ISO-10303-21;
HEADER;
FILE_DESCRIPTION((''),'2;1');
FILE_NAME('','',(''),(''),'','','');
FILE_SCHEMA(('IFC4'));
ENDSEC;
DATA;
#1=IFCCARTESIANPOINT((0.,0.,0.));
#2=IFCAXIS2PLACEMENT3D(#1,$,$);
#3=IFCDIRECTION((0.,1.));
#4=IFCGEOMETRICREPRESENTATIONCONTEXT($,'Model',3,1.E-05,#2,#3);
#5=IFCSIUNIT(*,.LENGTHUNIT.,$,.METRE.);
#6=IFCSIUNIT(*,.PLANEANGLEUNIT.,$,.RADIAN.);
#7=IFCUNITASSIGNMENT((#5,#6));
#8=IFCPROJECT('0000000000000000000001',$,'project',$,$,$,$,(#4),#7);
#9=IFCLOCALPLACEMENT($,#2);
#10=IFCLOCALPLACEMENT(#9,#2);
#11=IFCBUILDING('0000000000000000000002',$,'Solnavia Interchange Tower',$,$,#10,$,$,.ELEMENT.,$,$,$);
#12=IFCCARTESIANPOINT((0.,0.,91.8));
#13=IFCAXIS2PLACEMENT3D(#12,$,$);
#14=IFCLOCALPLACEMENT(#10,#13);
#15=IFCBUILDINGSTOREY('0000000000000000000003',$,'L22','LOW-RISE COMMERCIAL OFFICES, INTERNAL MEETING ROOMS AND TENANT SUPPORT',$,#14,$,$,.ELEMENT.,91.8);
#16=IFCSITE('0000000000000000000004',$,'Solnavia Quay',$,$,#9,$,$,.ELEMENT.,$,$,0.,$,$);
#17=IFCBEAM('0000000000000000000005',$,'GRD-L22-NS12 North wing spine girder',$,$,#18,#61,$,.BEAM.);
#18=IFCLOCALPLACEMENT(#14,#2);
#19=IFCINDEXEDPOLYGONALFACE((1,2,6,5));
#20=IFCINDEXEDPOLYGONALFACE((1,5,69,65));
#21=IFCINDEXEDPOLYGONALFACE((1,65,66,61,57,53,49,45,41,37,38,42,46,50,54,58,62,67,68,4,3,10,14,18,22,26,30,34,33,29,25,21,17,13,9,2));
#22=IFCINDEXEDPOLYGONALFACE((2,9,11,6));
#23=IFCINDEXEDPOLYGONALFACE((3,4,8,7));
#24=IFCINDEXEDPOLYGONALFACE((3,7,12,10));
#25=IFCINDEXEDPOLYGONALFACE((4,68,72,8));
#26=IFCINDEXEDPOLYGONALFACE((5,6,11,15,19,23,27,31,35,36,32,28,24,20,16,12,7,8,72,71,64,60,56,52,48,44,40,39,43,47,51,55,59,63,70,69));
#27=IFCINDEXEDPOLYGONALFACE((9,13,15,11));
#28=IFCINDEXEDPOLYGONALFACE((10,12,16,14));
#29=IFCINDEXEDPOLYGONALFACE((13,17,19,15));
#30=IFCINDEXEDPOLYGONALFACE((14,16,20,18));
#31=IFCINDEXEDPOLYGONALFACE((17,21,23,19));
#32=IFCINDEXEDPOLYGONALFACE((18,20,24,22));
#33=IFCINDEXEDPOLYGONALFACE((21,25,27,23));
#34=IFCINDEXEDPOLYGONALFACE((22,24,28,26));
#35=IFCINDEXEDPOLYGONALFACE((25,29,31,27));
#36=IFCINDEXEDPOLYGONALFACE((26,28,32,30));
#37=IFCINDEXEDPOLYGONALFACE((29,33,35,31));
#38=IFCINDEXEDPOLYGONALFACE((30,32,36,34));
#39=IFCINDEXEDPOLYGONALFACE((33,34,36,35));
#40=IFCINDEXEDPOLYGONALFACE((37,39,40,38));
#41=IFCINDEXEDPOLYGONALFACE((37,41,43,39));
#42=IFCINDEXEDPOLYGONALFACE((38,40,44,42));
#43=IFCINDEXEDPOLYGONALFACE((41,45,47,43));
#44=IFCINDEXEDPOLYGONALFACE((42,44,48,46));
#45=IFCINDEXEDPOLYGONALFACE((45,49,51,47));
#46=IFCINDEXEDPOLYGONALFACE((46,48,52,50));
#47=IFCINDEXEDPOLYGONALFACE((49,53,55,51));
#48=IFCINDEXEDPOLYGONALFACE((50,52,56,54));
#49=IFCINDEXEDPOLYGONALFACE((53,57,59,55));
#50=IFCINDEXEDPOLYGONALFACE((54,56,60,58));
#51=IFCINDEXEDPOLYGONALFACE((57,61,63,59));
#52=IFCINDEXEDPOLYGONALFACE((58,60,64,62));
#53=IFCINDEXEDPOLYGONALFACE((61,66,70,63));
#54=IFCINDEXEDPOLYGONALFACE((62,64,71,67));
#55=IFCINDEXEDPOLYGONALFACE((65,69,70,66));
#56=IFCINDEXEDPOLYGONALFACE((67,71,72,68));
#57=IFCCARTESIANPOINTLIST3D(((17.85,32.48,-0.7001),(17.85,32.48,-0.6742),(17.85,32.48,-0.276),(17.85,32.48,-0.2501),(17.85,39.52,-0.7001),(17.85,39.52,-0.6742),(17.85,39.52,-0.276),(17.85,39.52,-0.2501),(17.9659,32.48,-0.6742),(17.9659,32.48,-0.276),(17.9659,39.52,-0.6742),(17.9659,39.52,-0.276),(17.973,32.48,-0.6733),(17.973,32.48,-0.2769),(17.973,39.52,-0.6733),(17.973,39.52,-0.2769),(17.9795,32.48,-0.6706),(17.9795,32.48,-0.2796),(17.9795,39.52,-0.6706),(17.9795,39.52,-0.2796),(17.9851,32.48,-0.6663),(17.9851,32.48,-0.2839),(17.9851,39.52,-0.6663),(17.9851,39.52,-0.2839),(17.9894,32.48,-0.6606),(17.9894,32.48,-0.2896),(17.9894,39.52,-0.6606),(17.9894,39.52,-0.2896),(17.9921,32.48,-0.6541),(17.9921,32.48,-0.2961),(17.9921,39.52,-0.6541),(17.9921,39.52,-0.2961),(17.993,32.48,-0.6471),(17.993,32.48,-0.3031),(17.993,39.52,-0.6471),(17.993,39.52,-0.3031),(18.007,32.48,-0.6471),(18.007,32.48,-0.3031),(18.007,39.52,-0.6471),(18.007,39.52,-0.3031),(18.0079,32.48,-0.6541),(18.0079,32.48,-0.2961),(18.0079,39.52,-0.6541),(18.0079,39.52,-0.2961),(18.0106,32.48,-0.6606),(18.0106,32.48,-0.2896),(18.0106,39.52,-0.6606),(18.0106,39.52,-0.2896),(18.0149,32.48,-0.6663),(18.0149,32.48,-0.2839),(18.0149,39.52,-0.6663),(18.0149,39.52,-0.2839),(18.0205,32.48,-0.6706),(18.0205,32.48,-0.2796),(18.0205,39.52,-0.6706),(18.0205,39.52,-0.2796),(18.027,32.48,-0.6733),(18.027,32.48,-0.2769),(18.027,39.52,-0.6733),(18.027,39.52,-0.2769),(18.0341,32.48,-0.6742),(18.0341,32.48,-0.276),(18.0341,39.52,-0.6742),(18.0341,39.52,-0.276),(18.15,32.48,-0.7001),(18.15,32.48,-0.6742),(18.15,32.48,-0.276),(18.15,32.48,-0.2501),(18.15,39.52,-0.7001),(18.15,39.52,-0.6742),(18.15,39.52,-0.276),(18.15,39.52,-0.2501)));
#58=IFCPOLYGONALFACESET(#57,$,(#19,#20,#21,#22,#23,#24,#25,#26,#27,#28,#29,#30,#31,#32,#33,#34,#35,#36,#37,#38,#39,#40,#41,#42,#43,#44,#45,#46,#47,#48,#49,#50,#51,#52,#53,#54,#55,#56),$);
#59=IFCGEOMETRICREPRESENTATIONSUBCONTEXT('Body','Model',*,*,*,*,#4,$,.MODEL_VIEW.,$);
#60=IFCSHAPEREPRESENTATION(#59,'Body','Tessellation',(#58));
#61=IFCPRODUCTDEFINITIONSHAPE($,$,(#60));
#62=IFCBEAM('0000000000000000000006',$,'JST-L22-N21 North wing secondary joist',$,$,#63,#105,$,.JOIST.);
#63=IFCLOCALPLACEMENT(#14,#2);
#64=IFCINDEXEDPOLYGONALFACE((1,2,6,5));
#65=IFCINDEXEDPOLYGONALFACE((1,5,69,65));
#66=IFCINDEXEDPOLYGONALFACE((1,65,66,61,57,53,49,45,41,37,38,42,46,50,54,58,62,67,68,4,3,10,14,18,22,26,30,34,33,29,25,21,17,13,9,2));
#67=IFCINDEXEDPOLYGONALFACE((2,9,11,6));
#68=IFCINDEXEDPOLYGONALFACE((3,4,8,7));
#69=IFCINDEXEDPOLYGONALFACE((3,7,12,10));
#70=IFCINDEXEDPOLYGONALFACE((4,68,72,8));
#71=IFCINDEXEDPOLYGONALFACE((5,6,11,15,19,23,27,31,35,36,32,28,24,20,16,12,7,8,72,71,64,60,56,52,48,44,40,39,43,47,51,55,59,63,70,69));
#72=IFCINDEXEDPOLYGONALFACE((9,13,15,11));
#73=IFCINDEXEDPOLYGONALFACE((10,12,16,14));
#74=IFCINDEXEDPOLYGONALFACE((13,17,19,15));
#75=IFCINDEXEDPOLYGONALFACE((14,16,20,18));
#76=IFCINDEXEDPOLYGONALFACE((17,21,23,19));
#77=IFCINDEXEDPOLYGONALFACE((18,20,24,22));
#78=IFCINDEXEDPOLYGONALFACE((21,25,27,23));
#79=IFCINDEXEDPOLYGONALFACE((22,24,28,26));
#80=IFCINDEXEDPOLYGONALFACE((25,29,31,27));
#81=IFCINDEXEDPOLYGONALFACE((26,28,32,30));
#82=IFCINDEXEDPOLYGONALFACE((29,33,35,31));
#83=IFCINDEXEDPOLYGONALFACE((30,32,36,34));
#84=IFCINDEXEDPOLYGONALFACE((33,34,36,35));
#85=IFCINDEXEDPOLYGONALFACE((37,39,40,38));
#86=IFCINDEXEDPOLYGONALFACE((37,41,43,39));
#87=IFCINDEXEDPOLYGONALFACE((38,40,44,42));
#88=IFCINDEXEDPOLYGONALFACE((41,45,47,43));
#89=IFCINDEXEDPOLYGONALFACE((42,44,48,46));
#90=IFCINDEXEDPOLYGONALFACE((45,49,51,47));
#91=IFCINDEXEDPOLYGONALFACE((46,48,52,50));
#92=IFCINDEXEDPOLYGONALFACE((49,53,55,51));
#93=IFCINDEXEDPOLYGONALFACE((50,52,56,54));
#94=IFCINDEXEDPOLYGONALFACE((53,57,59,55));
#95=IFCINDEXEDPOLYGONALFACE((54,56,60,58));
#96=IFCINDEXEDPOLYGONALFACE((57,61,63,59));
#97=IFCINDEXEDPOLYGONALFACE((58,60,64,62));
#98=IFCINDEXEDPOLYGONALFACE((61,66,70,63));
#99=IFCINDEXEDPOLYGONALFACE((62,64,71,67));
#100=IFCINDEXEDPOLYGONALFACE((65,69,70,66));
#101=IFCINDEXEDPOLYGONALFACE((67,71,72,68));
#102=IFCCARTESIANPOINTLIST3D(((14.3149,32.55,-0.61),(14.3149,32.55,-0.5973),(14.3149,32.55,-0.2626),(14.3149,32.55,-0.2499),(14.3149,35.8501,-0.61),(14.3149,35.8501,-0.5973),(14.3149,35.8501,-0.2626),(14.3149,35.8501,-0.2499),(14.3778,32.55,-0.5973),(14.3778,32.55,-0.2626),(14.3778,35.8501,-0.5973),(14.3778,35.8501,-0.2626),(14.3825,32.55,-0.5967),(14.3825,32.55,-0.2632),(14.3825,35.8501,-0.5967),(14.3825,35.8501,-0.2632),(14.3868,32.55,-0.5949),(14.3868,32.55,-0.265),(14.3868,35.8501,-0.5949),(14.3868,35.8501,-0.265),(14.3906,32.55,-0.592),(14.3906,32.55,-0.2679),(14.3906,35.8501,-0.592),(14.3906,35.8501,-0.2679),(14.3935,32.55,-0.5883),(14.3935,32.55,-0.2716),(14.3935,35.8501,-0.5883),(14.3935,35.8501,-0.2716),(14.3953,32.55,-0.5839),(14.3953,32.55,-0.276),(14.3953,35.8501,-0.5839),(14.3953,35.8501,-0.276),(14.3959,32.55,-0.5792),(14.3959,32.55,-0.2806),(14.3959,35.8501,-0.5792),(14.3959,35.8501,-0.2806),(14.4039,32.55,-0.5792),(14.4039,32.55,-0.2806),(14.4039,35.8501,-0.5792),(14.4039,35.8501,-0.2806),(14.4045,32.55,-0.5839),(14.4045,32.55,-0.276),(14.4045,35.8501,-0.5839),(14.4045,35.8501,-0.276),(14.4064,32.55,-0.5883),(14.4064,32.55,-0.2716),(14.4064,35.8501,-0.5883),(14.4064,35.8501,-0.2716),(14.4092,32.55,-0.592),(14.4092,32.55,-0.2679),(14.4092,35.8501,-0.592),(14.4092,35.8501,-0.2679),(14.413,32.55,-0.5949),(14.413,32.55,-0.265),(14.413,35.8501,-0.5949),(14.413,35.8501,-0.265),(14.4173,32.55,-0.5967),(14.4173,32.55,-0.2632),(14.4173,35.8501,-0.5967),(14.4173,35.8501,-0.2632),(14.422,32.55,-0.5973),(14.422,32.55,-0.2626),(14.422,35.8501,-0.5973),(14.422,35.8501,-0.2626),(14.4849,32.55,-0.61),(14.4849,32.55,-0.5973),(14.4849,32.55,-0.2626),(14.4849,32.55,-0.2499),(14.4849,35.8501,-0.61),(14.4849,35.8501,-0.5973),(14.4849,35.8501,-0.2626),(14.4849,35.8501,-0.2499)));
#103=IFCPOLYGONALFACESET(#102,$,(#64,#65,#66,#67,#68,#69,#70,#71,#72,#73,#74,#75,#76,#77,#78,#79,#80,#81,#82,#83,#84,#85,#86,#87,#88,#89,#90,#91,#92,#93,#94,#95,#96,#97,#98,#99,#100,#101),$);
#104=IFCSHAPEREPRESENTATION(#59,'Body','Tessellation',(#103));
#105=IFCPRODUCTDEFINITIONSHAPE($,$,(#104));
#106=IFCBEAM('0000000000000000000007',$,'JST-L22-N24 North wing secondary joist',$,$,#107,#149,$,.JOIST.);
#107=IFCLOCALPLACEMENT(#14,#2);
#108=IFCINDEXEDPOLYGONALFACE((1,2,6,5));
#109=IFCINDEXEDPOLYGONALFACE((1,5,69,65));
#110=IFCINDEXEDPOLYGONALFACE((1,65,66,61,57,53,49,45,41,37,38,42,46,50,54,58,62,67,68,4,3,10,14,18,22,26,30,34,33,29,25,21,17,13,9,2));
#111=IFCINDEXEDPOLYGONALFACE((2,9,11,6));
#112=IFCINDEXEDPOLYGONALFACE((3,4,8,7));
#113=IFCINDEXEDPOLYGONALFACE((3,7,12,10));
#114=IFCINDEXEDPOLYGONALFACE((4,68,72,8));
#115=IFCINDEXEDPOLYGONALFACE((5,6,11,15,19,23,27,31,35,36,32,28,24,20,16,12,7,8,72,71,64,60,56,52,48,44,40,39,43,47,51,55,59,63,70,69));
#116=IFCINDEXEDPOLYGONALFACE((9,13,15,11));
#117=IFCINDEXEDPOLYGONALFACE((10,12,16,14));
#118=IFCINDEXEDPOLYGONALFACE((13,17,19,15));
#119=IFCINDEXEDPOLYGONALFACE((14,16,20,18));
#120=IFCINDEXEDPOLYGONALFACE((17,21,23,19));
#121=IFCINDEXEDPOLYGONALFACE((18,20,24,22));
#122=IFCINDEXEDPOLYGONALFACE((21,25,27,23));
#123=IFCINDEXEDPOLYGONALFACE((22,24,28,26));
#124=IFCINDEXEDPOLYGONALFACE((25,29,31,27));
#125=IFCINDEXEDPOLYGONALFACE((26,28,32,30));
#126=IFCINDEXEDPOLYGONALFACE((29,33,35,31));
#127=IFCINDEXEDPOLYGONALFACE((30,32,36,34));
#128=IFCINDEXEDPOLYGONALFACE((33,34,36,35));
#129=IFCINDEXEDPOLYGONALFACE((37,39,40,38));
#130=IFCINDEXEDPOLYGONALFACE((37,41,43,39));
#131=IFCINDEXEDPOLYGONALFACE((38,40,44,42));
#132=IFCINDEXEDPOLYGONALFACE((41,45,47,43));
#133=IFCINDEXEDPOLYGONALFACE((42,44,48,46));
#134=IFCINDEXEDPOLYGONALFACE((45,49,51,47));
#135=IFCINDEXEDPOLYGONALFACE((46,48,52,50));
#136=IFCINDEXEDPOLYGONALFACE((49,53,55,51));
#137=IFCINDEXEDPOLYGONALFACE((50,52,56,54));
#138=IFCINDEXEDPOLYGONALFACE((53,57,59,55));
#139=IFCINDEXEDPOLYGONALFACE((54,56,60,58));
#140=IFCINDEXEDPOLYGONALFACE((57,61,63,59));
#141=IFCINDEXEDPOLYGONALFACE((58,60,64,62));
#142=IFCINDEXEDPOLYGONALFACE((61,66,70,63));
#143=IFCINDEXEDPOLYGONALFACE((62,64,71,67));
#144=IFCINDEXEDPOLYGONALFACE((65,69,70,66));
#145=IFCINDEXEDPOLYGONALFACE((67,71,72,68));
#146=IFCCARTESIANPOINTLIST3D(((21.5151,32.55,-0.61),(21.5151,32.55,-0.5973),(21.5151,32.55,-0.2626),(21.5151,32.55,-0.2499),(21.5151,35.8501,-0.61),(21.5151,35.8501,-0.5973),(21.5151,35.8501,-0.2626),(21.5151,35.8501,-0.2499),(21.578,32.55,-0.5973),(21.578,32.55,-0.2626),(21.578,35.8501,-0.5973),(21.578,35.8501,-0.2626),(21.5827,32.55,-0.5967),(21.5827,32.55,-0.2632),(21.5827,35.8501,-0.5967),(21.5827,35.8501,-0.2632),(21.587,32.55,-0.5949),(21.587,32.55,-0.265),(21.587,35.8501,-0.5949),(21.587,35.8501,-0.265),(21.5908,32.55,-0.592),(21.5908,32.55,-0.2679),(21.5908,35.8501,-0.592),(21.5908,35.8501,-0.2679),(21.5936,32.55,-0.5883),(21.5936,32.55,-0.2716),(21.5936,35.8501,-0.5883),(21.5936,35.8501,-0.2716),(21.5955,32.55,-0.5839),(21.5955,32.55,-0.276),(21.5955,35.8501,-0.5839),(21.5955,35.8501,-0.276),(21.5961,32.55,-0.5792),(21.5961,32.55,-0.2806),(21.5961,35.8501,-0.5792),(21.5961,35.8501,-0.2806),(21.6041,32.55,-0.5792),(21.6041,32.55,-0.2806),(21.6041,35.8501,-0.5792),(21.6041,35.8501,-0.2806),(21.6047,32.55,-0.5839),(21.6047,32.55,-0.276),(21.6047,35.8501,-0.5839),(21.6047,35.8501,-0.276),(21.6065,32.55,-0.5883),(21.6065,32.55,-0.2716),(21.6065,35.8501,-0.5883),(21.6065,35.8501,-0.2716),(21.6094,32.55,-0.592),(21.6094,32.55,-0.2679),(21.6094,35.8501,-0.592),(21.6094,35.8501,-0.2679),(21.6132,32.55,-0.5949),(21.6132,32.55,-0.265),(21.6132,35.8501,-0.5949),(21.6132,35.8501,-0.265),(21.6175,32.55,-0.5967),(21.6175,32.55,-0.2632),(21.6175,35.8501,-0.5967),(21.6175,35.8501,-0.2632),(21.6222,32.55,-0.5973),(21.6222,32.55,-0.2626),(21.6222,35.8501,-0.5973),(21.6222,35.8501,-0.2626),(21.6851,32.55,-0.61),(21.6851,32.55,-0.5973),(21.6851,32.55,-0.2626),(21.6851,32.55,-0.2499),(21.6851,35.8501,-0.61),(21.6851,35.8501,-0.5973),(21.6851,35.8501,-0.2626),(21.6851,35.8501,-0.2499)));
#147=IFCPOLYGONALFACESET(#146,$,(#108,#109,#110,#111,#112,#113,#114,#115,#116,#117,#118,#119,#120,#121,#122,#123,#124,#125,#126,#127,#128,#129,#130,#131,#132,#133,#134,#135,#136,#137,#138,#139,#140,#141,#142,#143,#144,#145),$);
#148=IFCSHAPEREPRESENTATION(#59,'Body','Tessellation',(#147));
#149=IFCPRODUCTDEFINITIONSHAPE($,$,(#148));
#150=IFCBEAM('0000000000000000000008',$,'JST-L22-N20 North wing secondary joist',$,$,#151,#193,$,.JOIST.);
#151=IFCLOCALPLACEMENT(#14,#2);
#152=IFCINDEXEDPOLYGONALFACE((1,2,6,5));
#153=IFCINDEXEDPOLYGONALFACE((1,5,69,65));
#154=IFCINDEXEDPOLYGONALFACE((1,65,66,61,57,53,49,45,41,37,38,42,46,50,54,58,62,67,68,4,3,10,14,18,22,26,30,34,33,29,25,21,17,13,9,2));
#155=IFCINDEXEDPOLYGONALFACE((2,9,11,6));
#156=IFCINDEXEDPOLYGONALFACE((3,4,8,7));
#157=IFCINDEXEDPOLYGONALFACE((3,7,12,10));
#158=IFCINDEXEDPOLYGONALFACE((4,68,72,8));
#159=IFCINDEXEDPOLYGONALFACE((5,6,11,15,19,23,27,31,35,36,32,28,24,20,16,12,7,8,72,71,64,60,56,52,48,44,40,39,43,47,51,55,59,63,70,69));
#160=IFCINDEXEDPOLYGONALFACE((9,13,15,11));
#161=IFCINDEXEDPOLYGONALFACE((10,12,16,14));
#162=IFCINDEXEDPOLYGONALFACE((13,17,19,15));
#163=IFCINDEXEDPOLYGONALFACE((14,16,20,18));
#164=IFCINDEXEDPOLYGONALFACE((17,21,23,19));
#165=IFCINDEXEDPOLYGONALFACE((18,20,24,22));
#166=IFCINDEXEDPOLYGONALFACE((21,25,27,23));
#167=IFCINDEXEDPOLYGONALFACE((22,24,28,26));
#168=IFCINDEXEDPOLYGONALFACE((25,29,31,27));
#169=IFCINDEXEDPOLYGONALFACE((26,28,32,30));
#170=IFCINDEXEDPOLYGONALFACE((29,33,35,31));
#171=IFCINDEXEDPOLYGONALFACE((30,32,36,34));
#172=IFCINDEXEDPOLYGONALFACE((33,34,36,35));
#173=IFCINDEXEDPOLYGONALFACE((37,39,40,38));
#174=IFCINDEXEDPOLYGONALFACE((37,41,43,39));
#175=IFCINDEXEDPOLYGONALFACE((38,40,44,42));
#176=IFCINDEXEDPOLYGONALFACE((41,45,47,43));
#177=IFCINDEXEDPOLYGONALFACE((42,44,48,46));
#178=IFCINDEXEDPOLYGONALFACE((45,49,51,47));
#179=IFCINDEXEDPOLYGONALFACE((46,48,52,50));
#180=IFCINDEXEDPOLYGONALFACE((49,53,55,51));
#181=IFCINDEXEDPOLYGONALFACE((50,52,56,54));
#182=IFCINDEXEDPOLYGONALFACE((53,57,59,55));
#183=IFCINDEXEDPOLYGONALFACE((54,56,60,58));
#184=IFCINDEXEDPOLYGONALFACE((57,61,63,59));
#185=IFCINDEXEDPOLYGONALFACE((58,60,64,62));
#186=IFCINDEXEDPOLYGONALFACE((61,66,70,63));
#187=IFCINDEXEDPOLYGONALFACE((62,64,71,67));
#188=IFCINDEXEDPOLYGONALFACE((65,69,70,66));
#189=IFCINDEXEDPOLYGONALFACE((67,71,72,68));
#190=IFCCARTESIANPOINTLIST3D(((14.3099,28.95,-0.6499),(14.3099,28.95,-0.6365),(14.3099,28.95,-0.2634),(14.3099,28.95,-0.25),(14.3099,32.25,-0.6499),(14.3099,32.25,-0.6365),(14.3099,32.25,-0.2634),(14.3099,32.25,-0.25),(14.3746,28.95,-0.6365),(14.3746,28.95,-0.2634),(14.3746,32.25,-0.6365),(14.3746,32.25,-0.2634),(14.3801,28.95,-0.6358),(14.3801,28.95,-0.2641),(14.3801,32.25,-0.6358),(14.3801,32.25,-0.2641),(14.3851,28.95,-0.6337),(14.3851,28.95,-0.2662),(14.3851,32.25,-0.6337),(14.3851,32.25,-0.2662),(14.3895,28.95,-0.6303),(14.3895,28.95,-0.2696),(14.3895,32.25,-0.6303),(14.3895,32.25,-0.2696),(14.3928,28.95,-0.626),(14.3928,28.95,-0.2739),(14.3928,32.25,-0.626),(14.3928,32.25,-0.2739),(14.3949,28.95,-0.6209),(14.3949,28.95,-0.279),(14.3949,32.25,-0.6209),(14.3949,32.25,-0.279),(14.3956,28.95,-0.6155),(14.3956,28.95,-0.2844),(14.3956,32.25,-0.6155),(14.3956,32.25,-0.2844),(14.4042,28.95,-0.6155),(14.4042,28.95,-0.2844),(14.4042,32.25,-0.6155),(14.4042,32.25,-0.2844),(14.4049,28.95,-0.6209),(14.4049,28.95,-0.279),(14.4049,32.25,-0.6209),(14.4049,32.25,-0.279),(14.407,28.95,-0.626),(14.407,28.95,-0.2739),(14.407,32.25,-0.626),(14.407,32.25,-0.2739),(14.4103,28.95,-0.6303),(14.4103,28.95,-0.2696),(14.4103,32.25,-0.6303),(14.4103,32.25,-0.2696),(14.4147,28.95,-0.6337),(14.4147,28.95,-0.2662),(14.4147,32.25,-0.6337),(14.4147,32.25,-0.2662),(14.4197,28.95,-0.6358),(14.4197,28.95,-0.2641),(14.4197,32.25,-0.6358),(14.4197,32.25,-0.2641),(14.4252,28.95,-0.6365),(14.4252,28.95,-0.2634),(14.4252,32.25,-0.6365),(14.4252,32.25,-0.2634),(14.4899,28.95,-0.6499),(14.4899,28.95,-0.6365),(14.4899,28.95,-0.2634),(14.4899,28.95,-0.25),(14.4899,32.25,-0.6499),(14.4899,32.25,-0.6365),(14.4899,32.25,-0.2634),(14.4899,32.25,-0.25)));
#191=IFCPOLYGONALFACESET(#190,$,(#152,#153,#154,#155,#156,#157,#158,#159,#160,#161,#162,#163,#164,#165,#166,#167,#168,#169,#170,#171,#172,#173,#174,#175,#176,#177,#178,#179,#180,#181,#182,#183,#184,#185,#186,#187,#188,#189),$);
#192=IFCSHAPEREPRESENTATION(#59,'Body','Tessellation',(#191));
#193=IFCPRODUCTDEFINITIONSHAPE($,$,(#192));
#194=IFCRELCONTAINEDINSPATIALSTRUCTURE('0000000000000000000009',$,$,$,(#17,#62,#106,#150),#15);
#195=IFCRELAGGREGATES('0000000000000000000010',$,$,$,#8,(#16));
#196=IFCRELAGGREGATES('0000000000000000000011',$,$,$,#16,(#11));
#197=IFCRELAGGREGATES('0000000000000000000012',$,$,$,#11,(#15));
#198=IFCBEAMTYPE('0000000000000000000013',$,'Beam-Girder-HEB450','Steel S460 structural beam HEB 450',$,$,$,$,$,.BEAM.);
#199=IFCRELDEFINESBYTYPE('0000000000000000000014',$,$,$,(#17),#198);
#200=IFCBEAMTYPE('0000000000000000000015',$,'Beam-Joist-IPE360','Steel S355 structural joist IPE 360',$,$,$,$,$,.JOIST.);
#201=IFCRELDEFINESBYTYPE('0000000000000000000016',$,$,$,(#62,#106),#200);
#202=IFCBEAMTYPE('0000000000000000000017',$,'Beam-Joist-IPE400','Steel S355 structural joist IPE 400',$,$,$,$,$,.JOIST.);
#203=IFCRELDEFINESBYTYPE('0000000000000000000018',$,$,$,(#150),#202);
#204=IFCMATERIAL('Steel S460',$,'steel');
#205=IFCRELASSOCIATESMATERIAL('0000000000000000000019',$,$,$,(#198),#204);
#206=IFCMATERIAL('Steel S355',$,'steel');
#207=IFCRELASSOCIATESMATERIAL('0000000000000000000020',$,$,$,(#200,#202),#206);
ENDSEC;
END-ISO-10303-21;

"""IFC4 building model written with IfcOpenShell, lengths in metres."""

from ifc_helpers import new_model, si_unit, direction, frame, origin, origin_2d, place, context, subcontext, project, spatial, i_section, extrude, material, material_profile, profile_set, type_object, element, save


model = new_model("IFC4")

# Units and contexts
model_context = context("Model", 3, precision=1e-05, world=origin(), true_north=direction((0.0, 1.0)))
body_context = subcontext(model_context, "Body", "Model", "MODEL_VIEW")
ifc_project = project(units=[si_unit("LENGTHUNIT", "METRE"), si_unit("PLANEANGLEUNIT", "RADIAN")], contexts=[model_context])

# Site, building, storey
site_placement = place(None, origin())
site = spatial("IfcSite", under=ifc_project, at=site_placement, Name="Solnavia Quay", CompositionType="ELEMENT", RefElevation=0.0)
building_placement = place(site_placement, origin())
building = spatial("IfcBuilding", under=site, at=building_placement, Name="Solnavia Interchange Tower", CompositionType="ELEMENT")
storey_placement = place(building_placement, frame((0.0, 0.0, 91.8)))
storey = spatial("IfcBuildingStorey", under=building, at=storey_placement, Name="L22", Description="LOW-RISE COMMERCIAL OFFICES, INTERNAL MEETING ROOMS AND TENANT SUPPORT", CompositionType="ELEMENT", Elevation=91.8)

# Shared definitions
ifc_material_1 = material(Name="Steel S355", Category="steel")

# Beams
ifc_material_2 = material(Name="Steel S460", Category="steel")
ifc_material_profile_1 = material_profile(ifc_material_2, i_section(OverallWidth=0.3, OverallDepth=0.45, WebThickness=0.0139, FlangeThickness=0.0259, FilletRadius=0.0271, at=origin_2d()), Name="HEB 450")
ifc_profile_set_1 = profile_set([ifc_material_profile_1], Name="Steel S460")
beam_type_1 = type_object("IfcBeamType", Name="Beam-Girder-HEB450", Description="Steel S460 structural beam HEB 450", PredefinedType="BEAM", material=ifc_profile_set_1)
for number, where, z_axis, x_axis, name in (
    (1, (18.0, 32.48, -0.4751), (0.0, 1.0, 0.0), (-1.0, 0.0, 0.0), "GRD-L22-NS12 North wing spine girder"),
):
    element("IfcBeam", number, at=place(storey_placement, frame(where, z_axis=z_axis, x_axis=x_axis)), inside=storey, type_object=beam_type_1, Name=name, PredefinedType="BEAM", context=body_context, shape_type="SweptSolid", body=[
        extrude(i_section(OverallWidth=0.3, OverallDepth=0.45, WebThickness=0.0139, FlangeThickness=0.0259, FilletRadius=0.0271, at=origin_2d()), origin(), (0.0, 0.0, 1.0), 7.04),
    ])
ifc_material_profile_2 = material_profile(ifc_material_1, i_section(OverallWidth=0.1699, OverallDepth=0.3601, WebThickness=0.0081, FlangeThickness=0.0127, FilletRadius=0.0181, at=origin_2d()), Name="IPE 360")
ifc_profile_set_2 = profile_set([ifc_material_profile_2], Name="Steel S355")
beam_type_2 = type_object("IfcBeamType", Name="Beam-Joist-IPE360", Description="Steel S355 structural joist IPE 360", PredefinedType="JOIST", material=ifc_profile_set_2)
for number, where, z_axis, x_axis, name in (
    (2, (14.3999, 32.55, -0.4299), (0.0, 1.0, 0.0), (-1.0, 0.0, 0.0), "JST-L22-N21 North wing secondary joist"),
    (3, (21.6001, 32.55, -0.4299), (0.0, 1.0, 0.0), (-1.0, 0.0, 0.0), "JST-L22-N24 North wing secondary joist"),
):
    element("IfcBeam", number, at=place(storey_placement, frame(where, z_axis=z_axis, x_axis=x_axis)), inside=storey, type_object=beam_type_2, Name=name, PredefinedType="JOIST", context=body_context, shape_type="SweptSolid", body=[
        extrude(i_section(OverallWidth=0.1699, OverallDepth=0.3601, WebThickness=0.0081, FlangeThickness=0.0127, FilletRadius=0.0181, at=origin_2d()), origin(), (0.0, 0.0, 1.0), 3.3),
    ])
ifc_material_profile_3 = material_profile(ifc_material_1, i_section(OverallWidth=0.1799, OverallDepth=0.3999, WebThickness=0.0085, FlangeThickness=0.0134, FilletRadius=0.021, at=origin_2d()), Name="IPE 400")
ifc_profile_set_3 = profile_set([ifc_material_profile_3], Name="Steel S355")
beam_type_3 = type_object("IfcBeamType", Name="Beam-Joist-IPE400", Description="Steel S355 structural joist IPE 400", PredefinedType="JOIST", material=ifc_profile_set_3)
for number, where, z_axis, x_axis, name in (
    (4, (14.3999, 28.95, -0.45), (0.0, 1.0, 0.0), (-1.0, 0.0, 0.0), "JST-L22-N20 North wing secondary joist"),
):
    element("IfcBeam", number, at=place(storey_placement, frame(where, z_axis=z_axis, x_axis=x_axis)), inside=storey, type_object=beam_type_3, Name=name, PredefinedType="JOIST", context=body_context, shape_type="SweptSolid", body=[
        extrude(i_section(OverallWidth=0.1799, OverallDepth=0.3999, WebThickness=0.0085, FlangeThickness=0.0134, FilletRadius=0.021, at=origin_2d()), origin(), (0.0, 0.0, 1.0), 3.3),
    ])

save(model, "model.ifc")
